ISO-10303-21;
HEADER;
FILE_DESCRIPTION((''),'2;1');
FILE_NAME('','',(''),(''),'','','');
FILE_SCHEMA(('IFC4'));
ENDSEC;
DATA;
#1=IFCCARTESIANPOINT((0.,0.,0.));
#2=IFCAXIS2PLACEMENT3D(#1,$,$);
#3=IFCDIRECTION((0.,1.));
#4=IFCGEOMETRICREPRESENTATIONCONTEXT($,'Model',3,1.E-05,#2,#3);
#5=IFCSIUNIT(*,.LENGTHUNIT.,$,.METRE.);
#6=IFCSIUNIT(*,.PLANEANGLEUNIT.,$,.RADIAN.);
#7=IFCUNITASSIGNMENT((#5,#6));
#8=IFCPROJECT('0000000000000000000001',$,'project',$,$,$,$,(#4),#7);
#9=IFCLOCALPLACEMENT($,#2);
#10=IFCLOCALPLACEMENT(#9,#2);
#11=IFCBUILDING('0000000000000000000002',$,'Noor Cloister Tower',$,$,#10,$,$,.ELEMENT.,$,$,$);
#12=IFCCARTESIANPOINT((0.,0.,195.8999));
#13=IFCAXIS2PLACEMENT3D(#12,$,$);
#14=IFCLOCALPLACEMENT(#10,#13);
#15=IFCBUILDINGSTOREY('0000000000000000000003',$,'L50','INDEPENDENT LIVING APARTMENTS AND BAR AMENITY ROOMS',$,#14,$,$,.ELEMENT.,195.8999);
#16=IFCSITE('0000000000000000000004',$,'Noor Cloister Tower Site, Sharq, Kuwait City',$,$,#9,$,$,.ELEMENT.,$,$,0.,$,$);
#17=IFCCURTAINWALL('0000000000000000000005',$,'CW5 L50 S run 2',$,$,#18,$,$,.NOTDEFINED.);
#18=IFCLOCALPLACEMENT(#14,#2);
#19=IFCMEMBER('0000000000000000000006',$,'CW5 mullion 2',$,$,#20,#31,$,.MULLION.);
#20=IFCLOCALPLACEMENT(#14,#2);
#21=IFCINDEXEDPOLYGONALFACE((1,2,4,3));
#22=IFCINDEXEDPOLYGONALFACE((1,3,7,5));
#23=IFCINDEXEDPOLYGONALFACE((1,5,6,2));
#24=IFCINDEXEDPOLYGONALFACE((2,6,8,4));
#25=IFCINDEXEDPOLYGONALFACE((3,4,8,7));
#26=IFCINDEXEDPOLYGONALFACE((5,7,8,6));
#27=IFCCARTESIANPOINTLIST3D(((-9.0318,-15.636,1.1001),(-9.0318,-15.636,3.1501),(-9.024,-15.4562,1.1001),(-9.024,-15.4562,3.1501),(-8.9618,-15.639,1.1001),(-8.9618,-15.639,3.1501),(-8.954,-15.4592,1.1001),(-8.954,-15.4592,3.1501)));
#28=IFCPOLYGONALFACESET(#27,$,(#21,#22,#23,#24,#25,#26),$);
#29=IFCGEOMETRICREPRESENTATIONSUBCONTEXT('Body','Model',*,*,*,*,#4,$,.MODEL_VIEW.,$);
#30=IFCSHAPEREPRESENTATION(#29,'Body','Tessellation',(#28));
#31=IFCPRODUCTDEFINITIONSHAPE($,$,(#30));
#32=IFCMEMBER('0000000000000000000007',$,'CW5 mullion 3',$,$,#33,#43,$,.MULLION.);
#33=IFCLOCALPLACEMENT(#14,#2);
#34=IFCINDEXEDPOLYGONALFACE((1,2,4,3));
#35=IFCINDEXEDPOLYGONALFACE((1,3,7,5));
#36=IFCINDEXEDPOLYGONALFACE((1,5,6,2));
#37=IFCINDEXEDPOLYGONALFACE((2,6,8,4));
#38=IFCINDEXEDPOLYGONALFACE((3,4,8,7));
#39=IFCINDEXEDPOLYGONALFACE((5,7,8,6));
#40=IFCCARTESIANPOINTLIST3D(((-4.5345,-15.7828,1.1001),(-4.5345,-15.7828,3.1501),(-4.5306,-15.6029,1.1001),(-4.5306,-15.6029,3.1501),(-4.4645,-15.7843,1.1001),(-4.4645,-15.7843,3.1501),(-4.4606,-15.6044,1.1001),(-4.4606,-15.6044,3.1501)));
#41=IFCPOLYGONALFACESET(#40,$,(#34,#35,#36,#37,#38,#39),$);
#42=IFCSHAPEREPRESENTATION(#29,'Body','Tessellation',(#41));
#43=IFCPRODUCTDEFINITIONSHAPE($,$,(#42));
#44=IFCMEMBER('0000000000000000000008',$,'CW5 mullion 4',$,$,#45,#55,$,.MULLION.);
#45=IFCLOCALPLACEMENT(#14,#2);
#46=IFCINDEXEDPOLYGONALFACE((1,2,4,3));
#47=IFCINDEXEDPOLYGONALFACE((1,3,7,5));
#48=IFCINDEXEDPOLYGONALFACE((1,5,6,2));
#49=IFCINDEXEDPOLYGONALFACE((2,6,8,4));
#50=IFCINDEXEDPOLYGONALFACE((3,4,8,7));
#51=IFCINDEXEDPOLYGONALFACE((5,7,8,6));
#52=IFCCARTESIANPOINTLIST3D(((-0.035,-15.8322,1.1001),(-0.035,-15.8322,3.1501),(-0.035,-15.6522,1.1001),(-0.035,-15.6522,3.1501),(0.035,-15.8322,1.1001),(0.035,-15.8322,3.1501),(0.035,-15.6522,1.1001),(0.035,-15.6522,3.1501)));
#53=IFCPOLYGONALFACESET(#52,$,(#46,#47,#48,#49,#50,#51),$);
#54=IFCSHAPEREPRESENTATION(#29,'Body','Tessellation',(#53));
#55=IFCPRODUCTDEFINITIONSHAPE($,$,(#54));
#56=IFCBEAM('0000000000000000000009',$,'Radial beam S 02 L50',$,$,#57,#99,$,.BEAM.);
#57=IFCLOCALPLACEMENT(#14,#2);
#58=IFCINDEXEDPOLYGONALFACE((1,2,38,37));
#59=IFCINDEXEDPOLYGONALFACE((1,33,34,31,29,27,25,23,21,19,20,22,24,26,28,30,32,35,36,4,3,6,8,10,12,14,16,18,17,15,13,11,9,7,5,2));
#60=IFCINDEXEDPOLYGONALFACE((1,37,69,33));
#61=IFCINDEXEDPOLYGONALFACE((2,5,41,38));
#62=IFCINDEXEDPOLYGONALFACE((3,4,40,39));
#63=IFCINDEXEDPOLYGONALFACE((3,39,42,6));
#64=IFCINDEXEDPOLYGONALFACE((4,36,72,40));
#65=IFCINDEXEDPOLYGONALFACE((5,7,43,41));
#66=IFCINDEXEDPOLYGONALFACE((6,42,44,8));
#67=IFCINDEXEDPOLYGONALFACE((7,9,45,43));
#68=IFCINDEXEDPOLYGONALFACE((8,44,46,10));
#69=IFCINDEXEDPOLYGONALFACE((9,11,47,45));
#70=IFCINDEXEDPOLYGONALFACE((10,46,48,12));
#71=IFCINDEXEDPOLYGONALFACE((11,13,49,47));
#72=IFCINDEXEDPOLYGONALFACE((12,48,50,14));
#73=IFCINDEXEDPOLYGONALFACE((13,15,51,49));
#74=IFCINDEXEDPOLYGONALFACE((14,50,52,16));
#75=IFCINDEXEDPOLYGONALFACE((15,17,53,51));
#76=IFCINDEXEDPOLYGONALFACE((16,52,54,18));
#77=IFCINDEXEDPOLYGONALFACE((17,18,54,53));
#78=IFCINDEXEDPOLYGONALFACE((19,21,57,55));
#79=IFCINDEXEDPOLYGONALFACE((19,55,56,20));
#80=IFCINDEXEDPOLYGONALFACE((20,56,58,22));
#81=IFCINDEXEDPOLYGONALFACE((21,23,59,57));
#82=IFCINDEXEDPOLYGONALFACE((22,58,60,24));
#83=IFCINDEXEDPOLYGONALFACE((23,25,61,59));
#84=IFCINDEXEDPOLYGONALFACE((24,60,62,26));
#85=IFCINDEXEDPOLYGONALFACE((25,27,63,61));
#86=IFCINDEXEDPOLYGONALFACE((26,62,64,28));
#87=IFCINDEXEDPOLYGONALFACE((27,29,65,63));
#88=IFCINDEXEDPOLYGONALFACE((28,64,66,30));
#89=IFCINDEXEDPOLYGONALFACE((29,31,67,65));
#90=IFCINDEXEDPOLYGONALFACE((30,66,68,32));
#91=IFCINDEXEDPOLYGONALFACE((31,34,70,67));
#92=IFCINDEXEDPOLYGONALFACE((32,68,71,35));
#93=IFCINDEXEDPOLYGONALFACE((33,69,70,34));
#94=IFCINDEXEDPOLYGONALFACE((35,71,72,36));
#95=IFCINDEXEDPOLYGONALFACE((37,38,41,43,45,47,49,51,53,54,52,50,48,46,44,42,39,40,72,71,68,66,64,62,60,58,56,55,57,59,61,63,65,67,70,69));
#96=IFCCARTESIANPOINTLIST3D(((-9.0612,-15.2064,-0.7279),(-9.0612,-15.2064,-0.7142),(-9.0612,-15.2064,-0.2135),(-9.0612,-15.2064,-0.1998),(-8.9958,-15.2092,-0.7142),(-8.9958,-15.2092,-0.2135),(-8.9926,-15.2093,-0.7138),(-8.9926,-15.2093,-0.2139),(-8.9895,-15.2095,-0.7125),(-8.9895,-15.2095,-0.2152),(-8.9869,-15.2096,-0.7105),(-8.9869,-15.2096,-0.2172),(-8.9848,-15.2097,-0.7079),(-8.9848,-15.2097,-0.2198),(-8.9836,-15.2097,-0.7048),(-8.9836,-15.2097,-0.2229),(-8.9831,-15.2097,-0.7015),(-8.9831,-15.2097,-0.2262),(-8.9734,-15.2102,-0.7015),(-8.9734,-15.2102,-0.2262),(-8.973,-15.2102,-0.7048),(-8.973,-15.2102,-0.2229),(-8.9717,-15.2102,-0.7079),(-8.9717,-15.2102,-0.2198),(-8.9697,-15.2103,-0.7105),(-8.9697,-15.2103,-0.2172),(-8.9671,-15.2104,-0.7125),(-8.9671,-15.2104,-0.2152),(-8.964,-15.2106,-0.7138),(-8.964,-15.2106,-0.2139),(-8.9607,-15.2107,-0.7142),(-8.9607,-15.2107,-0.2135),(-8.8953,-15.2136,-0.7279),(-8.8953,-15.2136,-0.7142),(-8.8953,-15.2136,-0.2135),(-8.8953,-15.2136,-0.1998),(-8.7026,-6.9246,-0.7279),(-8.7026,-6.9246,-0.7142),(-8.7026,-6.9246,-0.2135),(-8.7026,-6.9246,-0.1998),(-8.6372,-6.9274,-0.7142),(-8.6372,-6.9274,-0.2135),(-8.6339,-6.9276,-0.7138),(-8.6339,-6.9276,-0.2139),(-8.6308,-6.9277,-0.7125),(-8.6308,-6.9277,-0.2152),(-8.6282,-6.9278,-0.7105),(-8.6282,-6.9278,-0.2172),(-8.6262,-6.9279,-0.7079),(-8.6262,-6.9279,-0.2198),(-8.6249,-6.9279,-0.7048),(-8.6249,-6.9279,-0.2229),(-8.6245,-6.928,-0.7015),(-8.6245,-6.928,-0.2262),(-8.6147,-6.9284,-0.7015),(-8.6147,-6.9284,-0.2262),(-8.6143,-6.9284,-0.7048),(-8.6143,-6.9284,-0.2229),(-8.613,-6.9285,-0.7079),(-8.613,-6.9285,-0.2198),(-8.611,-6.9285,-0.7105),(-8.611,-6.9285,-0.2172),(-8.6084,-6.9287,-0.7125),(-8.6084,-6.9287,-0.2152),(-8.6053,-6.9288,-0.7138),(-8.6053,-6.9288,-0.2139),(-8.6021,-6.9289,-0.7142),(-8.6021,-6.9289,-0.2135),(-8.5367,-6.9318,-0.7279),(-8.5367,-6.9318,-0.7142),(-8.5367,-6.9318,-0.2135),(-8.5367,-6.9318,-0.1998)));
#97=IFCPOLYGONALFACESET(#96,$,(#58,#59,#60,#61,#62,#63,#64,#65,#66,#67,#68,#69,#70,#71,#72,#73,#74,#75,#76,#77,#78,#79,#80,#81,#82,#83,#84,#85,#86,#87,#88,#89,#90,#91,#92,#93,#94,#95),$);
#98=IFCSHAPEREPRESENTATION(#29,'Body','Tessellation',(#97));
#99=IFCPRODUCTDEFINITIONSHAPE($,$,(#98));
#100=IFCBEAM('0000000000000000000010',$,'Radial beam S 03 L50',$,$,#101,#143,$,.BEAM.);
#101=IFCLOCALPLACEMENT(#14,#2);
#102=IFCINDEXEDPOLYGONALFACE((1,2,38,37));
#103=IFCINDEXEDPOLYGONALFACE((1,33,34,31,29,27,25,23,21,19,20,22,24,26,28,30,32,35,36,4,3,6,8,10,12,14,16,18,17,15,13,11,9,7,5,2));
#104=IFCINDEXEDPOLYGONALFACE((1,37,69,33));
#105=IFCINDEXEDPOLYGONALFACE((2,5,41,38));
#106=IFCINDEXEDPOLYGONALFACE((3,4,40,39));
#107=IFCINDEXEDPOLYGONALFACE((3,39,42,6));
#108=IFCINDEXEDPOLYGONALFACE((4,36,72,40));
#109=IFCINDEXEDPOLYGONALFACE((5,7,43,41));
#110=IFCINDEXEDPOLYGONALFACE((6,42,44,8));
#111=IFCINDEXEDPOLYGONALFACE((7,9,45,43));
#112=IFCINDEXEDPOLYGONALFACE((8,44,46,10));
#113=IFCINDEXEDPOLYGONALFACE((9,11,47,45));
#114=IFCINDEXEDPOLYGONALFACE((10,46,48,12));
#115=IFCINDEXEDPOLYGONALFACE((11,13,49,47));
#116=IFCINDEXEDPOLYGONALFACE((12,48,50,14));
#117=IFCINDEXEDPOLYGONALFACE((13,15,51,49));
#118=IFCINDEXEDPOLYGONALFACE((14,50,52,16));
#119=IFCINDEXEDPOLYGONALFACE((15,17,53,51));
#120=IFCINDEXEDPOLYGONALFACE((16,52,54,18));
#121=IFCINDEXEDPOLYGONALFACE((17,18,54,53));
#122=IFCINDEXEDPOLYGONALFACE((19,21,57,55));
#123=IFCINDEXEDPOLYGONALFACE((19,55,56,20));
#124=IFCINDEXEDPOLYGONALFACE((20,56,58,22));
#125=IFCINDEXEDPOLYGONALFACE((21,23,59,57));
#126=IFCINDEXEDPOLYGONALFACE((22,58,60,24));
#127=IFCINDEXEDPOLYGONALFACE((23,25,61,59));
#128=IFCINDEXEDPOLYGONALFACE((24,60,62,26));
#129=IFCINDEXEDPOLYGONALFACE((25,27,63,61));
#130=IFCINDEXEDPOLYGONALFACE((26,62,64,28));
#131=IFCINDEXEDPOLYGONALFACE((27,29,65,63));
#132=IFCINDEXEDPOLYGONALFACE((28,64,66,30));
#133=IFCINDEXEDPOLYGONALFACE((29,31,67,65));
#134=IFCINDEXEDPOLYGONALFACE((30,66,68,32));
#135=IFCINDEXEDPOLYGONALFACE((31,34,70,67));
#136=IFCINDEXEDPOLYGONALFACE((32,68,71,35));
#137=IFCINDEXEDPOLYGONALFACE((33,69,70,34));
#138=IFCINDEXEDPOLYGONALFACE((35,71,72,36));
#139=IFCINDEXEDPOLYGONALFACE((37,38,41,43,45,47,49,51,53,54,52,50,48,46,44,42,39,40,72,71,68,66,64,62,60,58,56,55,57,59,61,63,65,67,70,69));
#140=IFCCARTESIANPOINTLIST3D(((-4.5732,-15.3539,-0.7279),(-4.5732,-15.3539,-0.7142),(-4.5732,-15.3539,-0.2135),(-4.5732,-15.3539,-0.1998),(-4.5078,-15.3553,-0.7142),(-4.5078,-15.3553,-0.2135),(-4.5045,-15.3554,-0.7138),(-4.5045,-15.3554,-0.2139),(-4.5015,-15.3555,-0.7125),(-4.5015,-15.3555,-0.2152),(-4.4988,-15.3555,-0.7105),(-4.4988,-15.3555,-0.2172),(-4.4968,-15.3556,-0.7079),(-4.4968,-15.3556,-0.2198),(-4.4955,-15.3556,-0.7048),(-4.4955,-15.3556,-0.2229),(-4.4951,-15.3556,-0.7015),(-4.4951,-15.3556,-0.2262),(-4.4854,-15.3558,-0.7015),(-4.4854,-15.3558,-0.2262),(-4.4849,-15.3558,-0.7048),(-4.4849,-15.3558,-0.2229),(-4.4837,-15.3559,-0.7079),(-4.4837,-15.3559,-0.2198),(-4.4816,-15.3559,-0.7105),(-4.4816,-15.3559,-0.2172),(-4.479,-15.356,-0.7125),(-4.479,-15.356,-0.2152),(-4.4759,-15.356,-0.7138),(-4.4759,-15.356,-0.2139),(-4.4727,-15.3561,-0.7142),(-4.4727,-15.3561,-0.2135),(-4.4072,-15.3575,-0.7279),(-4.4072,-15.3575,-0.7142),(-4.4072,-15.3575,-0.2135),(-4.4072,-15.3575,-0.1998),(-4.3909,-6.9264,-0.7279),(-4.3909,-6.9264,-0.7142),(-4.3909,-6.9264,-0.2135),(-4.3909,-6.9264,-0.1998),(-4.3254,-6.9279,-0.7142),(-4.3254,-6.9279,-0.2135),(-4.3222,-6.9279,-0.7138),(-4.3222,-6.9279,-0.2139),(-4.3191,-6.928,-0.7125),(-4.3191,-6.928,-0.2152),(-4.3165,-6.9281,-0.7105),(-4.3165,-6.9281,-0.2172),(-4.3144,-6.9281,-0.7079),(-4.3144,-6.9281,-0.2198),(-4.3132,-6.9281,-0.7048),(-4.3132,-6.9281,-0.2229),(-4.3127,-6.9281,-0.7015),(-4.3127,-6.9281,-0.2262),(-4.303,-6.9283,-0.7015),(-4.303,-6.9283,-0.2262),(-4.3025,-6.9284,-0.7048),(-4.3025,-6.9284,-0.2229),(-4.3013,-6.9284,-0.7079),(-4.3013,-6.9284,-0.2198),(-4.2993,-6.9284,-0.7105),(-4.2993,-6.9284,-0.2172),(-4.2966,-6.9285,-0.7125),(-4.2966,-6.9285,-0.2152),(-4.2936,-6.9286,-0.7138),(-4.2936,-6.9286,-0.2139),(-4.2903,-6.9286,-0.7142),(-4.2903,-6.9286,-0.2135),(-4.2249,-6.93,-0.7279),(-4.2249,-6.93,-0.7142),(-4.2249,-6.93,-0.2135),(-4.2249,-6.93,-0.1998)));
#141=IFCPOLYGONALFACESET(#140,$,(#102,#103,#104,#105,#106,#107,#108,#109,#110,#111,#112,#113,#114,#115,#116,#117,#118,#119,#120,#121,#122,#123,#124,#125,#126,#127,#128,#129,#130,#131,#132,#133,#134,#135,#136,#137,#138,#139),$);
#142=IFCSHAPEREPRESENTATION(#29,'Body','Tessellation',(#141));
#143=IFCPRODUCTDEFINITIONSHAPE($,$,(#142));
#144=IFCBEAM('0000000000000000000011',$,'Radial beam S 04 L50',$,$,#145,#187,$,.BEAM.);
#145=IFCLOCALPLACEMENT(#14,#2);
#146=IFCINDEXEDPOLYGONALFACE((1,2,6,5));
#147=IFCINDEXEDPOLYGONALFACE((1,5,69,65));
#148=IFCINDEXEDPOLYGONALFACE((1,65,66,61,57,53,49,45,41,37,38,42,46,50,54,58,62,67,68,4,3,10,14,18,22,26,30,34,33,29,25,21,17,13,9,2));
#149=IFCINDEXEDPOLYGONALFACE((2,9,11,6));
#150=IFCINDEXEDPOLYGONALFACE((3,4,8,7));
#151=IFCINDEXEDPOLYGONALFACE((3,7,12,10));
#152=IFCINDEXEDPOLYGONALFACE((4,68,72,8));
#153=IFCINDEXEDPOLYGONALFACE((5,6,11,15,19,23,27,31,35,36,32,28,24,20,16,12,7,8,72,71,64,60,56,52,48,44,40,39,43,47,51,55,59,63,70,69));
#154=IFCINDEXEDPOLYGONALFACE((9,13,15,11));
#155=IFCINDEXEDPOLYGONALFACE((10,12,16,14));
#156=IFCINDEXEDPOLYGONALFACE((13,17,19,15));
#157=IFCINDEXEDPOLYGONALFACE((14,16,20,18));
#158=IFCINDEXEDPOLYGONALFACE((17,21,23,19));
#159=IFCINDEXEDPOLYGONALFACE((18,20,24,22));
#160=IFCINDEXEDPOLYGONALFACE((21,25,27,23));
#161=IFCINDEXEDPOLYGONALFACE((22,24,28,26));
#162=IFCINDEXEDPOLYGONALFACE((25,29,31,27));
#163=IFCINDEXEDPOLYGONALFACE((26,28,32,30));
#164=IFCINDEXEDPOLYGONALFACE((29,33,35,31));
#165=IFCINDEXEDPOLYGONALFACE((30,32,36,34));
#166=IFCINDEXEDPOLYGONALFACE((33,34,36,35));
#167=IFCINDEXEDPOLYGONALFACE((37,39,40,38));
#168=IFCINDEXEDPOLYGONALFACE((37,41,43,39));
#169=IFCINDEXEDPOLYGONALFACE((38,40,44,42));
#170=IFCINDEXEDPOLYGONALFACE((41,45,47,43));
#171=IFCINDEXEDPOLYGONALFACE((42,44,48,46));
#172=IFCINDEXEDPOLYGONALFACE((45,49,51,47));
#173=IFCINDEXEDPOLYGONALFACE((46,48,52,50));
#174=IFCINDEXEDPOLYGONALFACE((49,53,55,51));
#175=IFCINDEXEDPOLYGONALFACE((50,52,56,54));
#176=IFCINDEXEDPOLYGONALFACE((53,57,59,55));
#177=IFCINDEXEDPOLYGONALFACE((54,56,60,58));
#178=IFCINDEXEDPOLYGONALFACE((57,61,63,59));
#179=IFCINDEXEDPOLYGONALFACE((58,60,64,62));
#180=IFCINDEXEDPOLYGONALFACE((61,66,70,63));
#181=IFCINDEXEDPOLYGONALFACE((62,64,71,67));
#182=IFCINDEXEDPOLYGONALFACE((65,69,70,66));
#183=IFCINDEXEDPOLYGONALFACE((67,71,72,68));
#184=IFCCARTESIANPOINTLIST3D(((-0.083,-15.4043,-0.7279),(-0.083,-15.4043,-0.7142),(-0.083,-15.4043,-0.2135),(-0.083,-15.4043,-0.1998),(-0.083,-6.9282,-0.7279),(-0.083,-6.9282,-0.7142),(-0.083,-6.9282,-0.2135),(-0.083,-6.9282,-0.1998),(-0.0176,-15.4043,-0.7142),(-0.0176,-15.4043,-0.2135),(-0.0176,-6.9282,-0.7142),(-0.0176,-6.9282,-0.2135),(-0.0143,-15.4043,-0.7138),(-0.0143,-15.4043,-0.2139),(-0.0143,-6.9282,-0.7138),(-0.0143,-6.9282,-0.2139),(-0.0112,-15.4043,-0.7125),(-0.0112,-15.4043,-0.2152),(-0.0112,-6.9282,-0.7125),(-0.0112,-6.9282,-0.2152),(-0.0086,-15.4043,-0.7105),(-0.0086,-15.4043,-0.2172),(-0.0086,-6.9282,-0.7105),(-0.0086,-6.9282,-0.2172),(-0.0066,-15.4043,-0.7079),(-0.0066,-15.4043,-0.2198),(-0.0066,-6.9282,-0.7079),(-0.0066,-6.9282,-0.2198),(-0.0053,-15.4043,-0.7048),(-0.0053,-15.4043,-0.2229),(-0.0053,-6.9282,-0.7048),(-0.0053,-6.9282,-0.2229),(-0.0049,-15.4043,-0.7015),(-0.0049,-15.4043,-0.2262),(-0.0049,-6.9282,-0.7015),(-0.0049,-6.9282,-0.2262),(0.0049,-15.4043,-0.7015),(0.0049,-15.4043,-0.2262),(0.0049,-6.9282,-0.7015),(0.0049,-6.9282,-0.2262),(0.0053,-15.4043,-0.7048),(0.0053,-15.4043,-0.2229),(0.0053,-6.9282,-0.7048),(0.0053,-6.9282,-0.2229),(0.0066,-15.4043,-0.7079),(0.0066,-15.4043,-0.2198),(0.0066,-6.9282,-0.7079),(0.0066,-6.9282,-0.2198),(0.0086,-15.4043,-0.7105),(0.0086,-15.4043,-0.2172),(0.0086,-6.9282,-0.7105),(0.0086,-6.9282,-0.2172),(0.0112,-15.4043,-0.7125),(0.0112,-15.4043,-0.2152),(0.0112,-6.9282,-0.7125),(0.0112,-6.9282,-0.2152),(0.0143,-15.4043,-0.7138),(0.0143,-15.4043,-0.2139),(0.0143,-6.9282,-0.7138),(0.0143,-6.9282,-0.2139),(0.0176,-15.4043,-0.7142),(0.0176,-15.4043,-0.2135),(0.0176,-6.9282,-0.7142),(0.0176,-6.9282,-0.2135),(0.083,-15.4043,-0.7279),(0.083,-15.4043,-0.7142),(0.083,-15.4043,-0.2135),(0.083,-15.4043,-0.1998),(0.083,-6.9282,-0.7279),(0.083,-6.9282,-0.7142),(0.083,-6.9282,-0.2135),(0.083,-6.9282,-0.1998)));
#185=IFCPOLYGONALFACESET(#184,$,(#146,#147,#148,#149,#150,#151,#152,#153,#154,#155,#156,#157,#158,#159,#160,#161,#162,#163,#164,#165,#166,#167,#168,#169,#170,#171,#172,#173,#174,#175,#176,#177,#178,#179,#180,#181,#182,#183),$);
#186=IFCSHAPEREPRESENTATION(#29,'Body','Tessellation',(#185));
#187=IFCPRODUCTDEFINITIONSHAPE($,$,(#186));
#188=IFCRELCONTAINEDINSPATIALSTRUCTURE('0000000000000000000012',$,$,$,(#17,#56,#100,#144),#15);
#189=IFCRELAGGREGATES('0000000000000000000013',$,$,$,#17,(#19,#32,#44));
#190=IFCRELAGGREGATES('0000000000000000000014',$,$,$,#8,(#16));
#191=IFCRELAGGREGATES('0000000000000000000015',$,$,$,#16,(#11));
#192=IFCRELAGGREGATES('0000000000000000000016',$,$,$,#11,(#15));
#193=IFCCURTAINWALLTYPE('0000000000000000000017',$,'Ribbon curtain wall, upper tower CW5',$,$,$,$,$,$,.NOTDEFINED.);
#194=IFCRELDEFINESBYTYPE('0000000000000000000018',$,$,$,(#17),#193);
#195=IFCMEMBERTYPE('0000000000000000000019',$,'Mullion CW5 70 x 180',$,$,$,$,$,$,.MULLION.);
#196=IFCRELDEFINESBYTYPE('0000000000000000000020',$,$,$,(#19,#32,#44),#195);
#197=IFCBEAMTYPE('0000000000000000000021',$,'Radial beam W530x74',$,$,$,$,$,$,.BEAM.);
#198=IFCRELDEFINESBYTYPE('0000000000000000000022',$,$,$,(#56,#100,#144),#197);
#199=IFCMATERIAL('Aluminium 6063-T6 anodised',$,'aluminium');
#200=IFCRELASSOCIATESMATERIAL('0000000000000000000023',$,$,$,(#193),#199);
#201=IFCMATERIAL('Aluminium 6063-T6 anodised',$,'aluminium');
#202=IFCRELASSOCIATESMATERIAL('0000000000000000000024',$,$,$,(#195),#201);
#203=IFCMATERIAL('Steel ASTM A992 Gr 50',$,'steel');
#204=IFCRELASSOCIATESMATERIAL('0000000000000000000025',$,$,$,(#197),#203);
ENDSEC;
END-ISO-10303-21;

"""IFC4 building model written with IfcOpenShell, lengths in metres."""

from ifc_helpers import new_model, si_unit, direction, frame, origin, origin_2d, place, context, subcontext, project, spatial, rectangle, i_section, extrude, material, material_profile, profile_set, type_object, element, aggregate, save


model = new_model("IFC4")

# Units and contexts
model_context = context("Model", 3, precision=1e-05, world=origin(), true_north=direction((0.0, 1.0)))
body_context = subcontext(model_context, "Body", "Model", "MODEL_VIEW")
ifc_project = project(units=[si_unit("LENGTHUNIT", "METRE"), si_unit("PLANEANGLEUNIT", "RADIAN")], contexts=[model_context])

# Site, building, storey
site_placement = place(None, origin())
site = spatial("IfcSite", under=ifc_project, at=site_placement, Name="Noor Cloister Tower Site, Sharq, Kuwait City", CompositionType="ELEMENT", RefElevation=0.0)
building_placement = place(site_placement, origin())
building = spatial("IfcBuilding", under=site, at=building_placement, Name="Noor Cloister Tower", CompositionType="ELEMENT")
storey_placement = place(building_placement, frame((0.0, 0.0, 195.8999)))
storey = spatial("IfcBuildingStorey", under=building, at=storey_placement, Name="L50", Description="INDEPENDENT LIVING APARTMENTS AND BAR AMENITY ROOMS", CompositionType="ELEMENT", Elevation=195.8999)

# Shared definitions
ifc_material_1 = material(Name="Aluminium 6063-T6 anodised", Category="aluminium")
curtain_wall_type = type_object("IfcCurtainWallType", Name="Ribbon curtain wall, upper tower CW5", PredefinedType="NOTDEFINED", material=ifc_material_1)

# Curtain wall, members
curtain_wall_1_placement = place(storey_placement, origin())
curtain_wall_1 = element("IfcCurtainWall", 1, at=curtain_wall_1_placement, inside=storey, type_object=curtain_wall_type, Name="CW5 L50 S run 2", PredefinedType="NOTDEFINED")
ifc_material_2 = material(Name="Aluminium 6063-T6 anodised", Category="aluminium")
ifc_material_profile_1 = material_profile(ifc_material_2, rectangle(XDim=0.1799, YDim=0.0701, at=origin_2d()), Name="180 x 70 mullion")
ifc_profile_set_1 = profile_set([ifc_material_profile_1], Name="Aluminium 6063-T6 anodised")
member_type_1 = type_object("IfcMemberType", Name="Mullion CW5 70 x 180", PredefinedType="MULLION", material=ifc_profile_set_1)
member_1_placement = place(storey_placement, frame((-8.9929, -15.5476, 1.1001), z_axis=(0.0, 0.0, 1.0), x_axis=(0.043267, 0.999064, 0.0)))
member_1 = element("IfcMember", 2, at=member_1_placement, type_object=member_type_1, Name="CW5 mullion 2", PredefinedType="MULLION", context=body_context, shape_type="SweptSolid", body=[
    extrude(rectangle(XDim=0.1799, YDim=0.0701, at=origin_2d()), origin(), (0.0, 0.0, 1.0), 2.05),
])
member_2_placement = place(storey_placement, frame((-4.4976, -15.6936, 1.1001), z_axis=(0.0, 0.0, 1.0), x_axis=(0.021639, 0.999766, 0.0)))
member_2 = element("IfcMember", 3, at=member_2_placement, type_object=member_type_1, Name="CW5 mullion 3", PredefinedType="MULLION", context=body_context, shape_type="SweptSolid", body=[
    extrude(rectangle(XDim=0.1799, YDim=0.0701, at=origin_2d()), origin(), (0.0, 0.0, 1.0), 2.05),
])
member_3_placement = place(storey_placement, frame((0.0, -15.7422, 1.1001), z_axis=(0.0, 0.0, 1.0), x_axis=(0.0, 1.0, 0.0)))
member_3 = element("IfcMember", 4, at=member_3_placement, type_object=member_type_1, Name="CW5 mullion 4", PredefinedType="MULLION", context=body_context, shape_type="SweptSolid", body=[
    extrude(rectangle(XDim=0.1799, YDim=0.0701, at=origin_2d()), origin(), (0.0, 0.0, 1.0), 2.05),
])

# Beams
ifc_material_3 = material(Name="Steel ASTM A992 Gr 50", Category="steel")
ifc_material_profile_2 = material_profile(ifc_material_3, i_section(OverallWidth=0.166, OverallDepth=0.5281, WebThickness=0.0098, FlangeThickness=0.0137, FilletRadius=0.0127, at=origin_2d()), Name="W530x74")
ifc_profile_set_2 = profile_set([ifc_material_profile_2], Name="Steel ASTM A992 Gr 50")
beam_type_1 = type_object("IfcBeamType", Name="Radial beam W530x74", PredefinedType="BEAM", material=ifc_profile_set_2)
beam_1_placement = place(storey_placement, frame((-8.9783, -15.21, -0.4639), z_axis=(0.043265, 0.999064, 0.0), x_axis=(-0.999064, 0.043265, 0.0)))
element("IfcBeam", 5, at=beam_1_placement, inside=storey, type_object=beam_type_1, Name="Radial beam S 02 L50", PredefinedType="BEAM", context=body_context, shape_type="SweptSolid", body=[
    extrude(i_section(OverallWidth=0.166, OverallDepth=0.5281, WebThickness=0.0098, FlangeThickness=0.0137, FilletRadius=0.0127, at=origin_2d()), origin(), (0.0, 0.0, 1.0), 8.2896),
])
beam_2_placement = place(storey_placement, frame((-4.4902, -15.3557, -0.4639), z_axis=(0.021635, 0.999766, 0.0), x_axis=(-0.999766, 0.021635, 0.0)))
element("IfcBeam", 6, at=beam_2_placement, inside=storey, type_object=beam_type_1, Name="Radial beam S 03 L50", PredefinedType="BEAM", context=body_context, shape_type="SweptSolid", body=[
    extrude(i_section(OverallWidth=0.166, OverallDepth=0.5281, WebThickness=0.0098, FlangeThickness=0.0137, FilletRadius=0.0127, at=origin_2d()), origin(), (0.0, 0.0, 1.0), 8.4294),
])
beam_3_placement = place(storey_placement, frame((0.0, -15.4043, -0.4639), z_axis=(0.0, 1.0, 0.0), x_axis=(-1.0, 0.0, 0.0)))
element("IfcBeam", 7, at=beam_3_placement, inside=storey, type_object=beam_type_1, Name="Radial beam S 04 L50", PredefinedType="BEAM", context=body_context, shape_type="SweptSolid", body=[
    extrude(i_section(OverallWidth=0.166, OverallDepth=0.5281, WebThickness=0.0098, FlangeThickness=0.0137, FilletRadius=0.0127, at=origin_2d()), origin(), (0.0, 0.0, 1.0), 8.4761),
])

aggregate(curtain_wall_1, [member_1, member_2, member_3])

save(model, "model.ifc")
